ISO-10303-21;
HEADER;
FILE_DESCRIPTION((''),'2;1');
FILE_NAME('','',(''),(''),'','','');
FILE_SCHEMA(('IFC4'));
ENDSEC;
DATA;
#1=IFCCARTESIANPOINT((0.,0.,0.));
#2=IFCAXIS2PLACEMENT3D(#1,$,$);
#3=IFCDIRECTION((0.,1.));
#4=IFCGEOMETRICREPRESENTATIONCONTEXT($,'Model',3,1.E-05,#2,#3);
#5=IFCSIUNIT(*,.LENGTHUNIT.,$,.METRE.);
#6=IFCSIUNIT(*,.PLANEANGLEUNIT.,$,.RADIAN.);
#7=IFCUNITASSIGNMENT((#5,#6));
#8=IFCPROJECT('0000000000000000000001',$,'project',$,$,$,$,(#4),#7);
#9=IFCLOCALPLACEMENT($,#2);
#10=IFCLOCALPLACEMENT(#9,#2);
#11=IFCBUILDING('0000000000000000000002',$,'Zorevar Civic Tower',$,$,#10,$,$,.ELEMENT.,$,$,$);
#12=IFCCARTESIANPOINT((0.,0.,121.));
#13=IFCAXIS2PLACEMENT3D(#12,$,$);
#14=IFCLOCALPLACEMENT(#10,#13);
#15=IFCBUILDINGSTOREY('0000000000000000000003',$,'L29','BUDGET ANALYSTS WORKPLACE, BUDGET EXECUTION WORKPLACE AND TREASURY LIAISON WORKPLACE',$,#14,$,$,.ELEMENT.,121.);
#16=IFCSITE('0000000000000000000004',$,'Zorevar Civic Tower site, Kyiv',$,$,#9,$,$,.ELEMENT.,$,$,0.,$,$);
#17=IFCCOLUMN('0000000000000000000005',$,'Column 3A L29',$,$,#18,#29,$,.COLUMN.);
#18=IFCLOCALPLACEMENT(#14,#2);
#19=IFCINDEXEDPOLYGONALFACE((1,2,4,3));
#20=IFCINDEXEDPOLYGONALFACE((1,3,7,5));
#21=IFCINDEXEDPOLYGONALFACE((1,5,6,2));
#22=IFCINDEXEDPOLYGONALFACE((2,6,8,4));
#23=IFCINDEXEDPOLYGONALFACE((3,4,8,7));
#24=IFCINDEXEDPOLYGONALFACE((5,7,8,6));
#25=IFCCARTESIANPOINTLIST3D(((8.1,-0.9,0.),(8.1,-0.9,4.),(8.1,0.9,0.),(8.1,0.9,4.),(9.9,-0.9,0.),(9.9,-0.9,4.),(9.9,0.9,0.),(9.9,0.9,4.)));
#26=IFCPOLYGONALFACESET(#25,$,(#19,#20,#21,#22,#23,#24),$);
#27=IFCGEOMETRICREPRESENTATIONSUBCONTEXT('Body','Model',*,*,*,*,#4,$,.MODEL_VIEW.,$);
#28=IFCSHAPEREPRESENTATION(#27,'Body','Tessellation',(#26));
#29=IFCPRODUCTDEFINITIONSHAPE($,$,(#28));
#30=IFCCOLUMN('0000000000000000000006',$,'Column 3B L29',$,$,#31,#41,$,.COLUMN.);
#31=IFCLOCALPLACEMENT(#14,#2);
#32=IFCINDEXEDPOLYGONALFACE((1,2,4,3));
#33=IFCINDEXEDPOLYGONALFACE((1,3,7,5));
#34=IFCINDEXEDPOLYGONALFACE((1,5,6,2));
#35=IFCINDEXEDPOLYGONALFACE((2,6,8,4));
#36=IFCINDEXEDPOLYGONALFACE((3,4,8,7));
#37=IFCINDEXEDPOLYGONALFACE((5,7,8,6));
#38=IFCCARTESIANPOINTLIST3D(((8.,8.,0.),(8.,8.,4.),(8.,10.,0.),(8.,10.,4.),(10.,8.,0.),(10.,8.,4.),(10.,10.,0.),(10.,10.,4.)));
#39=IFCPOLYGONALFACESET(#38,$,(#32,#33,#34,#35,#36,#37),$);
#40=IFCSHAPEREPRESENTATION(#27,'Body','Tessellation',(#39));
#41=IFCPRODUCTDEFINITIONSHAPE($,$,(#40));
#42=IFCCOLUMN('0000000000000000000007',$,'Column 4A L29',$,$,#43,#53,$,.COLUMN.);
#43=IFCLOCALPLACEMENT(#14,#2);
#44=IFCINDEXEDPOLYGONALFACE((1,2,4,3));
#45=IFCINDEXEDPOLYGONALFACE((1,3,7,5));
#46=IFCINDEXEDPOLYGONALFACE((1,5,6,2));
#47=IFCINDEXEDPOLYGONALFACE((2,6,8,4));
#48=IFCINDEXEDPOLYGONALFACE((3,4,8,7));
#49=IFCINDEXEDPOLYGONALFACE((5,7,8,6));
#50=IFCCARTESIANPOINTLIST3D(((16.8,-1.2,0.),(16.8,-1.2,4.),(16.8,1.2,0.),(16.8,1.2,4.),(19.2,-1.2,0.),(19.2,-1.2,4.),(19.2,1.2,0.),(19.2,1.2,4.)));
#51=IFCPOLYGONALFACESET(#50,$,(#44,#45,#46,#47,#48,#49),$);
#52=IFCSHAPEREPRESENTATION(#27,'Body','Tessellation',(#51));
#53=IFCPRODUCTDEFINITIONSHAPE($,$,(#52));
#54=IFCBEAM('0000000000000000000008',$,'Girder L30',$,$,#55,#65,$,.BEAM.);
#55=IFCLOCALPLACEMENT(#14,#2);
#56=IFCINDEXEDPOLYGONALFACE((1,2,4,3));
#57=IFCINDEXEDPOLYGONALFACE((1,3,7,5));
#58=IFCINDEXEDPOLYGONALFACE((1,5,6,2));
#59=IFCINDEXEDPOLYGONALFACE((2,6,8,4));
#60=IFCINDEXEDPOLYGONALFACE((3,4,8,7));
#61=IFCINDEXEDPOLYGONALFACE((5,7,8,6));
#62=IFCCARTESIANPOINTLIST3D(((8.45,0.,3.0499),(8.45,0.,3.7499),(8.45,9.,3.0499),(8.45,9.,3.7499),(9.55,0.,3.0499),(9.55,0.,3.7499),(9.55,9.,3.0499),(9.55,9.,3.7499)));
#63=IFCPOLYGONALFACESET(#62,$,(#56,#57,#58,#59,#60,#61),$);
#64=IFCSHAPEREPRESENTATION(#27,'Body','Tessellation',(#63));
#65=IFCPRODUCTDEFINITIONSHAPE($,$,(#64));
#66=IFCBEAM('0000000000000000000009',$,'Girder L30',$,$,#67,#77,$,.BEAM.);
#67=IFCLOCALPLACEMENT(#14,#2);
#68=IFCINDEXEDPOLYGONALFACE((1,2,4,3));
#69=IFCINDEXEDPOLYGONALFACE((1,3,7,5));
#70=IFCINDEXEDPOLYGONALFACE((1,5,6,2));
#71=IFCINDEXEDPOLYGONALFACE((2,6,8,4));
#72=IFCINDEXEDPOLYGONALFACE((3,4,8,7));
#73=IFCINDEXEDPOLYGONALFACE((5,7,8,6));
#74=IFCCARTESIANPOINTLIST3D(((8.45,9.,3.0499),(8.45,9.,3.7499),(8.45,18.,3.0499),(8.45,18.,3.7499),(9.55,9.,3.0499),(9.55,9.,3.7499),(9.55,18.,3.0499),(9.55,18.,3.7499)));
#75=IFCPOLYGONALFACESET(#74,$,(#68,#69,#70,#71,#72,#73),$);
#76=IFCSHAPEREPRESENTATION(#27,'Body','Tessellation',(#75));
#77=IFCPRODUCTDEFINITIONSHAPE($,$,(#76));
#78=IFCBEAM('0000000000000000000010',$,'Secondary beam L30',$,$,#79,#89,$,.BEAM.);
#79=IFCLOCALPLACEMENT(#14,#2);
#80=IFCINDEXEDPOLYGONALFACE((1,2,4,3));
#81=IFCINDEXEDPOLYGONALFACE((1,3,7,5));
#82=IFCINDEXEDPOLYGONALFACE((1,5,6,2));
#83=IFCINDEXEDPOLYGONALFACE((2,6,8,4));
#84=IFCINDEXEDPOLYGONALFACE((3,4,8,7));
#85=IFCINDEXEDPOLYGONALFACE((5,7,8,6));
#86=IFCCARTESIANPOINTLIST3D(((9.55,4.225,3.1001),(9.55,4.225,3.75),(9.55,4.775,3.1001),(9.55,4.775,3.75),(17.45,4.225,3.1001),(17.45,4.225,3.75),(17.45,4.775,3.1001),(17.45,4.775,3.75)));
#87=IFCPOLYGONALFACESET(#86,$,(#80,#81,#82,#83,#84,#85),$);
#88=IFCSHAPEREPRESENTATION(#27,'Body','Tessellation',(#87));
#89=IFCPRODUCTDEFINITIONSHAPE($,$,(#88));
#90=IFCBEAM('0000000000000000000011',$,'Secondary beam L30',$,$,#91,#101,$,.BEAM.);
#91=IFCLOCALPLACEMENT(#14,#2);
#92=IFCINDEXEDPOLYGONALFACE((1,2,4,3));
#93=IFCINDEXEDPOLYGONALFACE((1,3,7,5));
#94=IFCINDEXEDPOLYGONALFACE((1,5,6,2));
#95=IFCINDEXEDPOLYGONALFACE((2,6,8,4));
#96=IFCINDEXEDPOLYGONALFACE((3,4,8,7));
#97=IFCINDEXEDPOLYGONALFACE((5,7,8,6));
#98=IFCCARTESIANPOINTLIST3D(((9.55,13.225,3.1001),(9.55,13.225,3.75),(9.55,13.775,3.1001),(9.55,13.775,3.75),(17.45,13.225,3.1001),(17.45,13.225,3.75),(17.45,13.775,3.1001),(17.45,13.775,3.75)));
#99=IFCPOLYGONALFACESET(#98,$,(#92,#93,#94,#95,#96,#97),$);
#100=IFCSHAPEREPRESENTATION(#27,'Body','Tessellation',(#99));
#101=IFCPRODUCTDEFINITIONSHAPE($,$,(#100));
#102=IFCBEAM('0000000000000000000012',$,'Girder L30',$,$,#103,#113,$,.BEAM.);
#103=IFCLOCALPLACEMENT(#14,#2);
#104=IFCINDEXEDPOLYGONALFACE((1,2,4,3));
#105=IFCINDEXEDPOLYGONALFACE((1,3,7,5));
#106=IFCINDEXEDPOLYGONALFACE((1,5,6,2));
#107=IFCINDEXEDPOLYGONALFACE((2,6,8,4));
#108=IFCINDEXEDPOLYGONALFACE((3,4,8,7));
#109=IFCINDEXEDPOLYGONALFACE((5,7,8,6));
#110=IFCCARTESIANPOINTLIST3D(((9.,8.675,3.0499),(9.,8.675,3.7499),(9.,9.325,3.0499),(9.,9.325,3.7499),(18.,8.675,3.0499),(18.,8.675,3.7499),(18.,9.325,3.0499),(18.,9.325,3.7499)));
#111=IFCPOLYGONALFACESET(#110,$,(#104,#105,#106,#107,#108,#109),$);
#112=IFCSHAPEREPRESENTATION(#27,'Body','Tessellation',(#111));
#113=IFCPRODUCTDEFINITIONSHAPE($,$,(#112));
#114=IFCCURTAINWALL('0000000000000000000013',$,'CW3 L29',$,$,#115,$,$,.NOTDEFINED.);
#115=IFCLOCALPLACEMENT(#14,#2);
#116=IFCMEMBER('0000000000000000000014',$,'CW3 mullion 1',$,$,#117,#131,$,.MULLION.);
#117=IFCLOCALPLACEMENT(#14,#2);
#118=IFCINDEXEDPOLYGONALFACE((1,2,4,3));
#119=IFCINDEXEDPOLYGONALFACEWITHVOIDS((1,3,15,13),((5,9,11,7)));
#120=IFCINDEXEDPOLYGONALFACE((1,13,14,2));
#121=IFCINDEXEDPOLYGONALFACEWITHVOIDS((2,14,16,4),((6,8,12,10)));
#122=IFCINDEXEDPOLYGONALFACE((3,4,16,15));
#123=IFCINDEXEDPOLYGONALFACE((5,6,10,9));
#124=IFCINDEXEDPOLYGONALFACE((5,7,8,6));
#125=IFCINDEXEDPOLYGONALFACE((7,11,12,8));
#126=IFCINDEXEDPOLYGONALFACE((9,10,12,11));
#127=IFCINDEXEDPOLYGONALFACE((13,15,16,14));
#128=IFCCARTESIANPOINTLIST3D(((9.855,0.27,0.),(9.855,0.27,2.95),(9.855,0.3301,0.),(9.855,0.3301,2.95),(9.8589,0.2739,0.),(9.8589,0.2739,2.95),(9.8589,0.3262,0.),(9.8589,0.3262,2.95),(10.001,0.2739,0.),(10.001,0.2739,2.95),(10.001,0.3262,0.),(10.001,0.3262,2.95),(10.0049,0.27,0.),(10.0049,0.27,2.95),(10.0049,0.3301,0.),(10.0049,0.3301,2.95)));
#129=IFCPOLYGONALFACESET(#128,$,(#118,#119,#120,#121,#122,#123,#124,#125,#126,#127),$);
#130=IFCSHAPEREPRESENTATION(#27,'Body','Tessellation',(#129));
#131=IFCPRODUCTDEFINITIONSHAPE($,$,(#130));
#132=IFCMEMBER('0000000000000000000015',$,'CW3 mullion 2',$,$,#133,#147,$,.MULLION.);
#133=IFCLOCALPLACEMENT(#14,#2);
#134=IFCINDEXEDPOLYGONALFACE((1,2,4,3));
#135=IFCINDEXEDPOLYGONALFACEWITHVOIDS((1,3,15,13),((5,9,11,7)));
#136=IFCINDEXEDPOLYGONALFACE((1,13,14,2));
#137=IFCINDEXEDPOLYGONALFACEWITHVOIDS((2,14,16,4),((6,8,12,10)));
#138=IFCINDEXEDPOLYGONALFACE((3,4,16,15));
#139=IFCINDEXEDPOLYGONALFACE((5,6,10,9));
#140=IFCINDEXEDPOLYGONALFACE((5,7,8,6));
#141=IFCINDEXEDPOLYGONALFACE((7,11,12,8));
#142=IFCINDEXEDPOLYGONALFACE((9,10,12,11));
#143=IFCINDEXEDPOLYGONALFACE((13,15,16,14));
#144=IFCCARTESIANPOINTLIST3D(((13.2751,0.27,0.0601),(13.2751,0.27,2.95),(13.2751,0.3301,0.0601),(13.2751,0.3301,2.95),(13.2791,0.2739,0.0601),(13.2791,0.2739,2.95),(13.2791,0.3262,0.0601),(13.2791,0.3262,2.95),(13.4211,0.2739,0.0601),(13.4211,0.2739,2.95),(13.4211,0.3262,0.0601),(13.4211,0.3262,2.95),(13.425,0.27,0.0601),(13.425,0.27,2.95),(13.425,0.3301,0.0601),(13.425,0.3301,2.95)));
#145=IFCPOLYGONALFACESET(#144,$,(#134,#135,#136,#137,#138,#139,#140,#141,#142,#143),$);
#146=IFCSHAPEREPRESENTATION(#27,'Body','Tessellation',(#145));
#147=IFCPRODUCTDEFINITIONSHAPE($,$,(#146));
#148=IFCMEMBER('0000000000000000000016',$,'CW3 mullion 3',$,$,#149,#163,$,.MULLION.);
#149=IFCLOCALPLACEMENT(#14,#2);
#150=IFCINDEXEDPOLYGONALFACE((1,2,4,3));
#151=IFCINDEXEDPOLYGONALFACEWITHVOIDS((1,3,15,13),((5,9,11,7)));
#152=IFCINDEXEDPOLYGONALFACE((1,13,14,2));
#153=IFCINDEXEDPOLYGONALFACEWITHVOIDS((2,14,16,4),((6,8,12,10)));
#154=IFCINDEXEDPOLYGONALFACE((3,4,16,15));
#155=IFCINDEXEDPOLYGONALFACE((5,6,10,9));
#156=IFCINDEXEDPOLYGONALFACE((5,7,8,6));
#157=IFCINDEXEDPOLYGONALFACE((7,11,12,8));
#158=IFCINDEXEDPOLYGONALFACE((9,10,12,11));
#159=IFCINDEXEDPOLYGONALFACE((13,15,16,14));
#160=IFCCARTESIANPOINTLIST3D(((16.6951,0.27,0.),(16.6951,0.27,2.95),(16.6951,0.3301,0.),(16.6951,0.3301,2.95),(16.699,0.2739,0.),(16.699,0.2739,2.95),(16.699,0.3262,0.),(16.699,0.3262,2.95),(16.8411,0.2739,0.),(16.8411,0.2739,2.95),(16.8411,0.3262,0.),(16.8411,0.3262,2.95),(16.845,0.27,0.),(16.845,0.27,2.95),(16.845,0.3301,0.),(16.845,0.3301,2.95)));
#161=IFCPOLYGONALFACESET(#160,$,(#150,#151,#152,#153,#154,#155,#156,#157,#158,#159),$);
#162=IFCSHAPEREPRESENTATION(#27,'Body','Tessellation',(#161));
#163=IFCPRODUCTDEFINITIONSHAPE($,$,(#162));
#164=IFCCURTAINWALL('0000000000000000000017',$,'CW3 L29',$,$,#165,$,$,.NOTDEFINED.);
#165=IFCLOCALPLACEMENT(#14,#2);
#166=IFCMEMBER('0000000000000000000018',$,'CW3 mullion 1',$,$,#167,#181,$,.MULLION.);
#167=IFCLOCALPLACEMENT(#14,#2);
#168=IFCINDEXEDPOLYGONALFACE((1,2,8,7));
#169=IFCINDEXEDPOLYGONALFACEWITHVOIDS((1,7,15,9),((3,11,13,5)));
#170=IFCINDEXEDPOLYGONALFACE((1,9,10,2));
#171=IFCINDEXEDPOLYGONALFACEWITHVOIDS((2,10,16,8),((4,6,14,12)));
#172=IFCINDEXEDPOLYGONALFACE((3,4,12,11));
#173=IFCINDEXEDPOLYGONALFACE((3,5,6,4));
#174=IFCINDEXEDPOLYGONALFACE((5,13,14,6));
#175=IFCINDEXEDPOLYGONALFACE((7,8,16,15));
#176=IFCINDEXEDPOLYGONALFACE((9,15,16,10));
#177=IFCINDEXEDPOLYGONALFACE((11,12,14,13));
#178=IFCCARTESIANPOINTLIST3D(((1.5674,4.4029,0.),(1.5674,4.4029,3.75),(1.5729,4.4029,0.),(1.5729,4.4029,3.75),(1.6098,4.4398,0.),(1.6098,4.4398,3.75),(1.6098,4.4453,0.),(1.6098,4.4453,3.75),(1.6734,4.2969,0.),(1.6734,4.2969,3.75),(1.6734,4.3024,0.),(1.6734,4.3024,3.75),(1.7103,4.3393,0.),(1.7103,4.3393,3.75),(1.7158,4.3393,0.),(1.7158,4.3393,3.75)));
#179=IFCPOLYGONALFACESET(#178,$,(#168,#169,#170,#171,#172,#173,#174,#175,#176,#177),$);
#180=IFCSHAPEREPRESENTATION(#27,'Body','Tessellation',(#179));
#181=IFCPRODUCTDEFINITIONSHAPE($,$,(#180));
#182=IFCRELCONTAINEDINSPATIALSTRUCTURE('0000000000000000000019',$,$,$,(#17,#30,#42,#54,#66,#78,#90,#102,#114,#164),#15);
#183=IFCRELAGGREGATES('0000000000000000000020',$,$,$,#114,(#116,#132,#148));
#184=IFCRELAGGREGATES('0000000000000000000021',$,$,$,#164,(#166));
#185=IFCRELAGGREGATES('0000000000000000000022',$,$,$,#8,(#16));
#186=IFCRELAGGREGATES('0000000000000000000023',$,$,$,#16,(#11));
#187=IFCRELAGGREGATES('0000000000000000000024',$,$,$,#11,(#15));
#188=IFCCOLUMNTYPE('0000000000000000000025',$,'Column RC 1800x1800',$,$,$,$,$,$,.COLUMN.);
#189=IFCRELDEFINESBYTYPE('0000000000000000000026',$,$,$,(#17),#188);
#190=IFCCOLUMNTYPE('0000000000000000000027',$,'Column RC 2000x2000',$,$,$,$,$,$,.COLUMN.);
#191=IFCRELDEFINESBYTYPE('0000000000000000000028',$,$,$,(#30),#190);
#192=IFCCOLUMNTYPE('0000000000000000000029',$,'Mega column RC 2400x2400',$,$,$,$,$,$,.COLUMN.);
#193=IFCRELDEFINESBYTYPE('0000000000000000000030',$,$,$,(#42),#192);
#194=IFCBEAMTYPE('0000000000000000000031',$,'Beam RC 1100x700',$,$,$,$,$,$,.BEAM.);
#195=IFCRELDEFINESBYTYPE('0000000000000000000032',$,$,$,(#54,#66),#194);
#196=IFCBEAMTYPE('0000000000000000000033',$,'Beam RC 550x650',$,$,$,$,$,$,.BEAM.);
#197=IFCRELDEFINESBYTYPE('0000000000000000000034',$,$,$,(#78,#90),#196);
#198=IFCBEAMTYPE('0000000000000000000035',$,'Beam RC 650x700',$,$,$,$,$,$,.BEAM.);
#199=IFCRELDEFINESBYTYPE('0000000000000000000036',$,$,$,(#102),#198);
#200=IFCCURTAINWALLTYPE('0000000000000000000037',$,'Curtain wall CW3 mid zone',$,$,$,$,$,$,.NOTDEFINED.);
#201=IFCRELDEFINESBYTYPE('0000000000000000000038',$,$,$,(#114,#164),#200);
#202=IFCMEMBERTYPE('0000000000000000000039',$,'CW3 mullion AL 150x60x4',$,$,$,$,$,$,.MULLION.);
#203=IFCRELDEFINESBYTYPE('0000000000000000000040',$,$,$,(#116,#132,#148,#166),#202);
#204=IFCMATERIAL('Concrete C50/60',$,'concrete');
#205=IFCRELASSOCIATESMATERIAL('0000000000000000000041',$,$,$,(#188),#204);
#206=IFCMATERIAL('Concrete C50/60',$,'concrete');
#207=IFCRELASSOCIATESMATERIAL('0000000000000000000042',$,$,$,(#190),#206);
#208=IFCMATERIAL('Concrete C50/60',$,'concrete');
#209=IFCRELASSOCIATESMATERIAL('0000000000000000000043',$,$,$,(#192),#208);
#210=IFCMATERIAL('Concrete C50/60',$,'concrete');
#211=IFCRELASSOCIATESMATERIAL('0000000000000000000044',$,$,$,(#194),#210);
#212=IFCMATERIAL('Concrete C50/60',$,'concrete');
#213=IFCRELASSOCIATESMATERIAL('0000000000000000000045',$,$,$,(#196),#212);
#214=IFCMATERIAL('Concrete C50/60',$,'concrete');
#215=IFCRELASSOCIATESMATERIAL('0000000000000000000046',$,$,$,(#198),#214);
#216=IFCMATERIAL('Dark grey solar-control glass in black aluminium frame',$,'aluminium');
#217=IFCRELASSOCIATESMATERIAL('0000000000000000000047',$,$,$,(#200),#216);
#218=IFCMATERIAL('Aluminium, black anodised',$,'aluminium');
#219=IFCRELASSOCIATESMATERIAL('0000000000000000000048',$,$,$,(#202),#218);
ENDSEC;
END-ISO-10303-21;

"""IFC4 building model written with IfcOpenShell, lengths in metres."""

from ifc_helpers import new_model, si_unit, direction, frame, origin, origin_2d, place, context, subcontext, project, spatial, rectangle, hollow_rectangle, extrude, material, material_profile, profile_set, type_object, element, aggregate, save


model = new_model("IFC4")

# Units and contexts
model_context = context("Model", 3, precision=1e-05, world=origin(), true_north=direction((0.0, 1.0)))
body_context = subcontext(model_context, "Body", "Model", "MODEL_VIEW")
ifc_project = project(units=[si_unit("LENGTHUNIT", "METRE"), si_unit("PLANEANGLEUNIT", "RADIAN")], contexts=[model_context])

# Site, building, storey
site_placement = place(None, origin())
site = spatial("IfcSite", under=ifc_project, at=site_placement, Name="Zorevar Civic Tower site, Kyiv", CompositionType="ELEMENT", RefElevation=0.0)
building_placement = place(site_placement, origin())
building = spatial("IfcBuilding", under=site, at=building_placement, Name="Zorevar Civic Tower", CompositionType="ELEMENT")
storey_placement = place(building_placement, frame((0.0, 0.0, 121.0)))
storey = spatial("IfcBuildingStorey", under=building, at=storey_placement, Name="L29", Description="BUDGET ANALYSTS WORKPLACE, BUDGET EXECUTION WORKPLACE AND TREASURY LIAISON WORKPLACE", CompositionType="ELEMENT", Elevation=121.0)

# Columns
ifc_material_1 = material(Name="Concrete C50/60", Category="concrete")
ifc_material_profile_1 = material_profile(ifc_material_1, rectangle(XDim=1.8, YDim=1.8, at=origin_2d()), Name="RC 1800x1800")
ifc_profile_set_1 = profile_set([ifc_material_profile_1], Name="Concrete C50/60")
column_type_1 = type_object("IfcColumnType", Name="Column RC 1800x1800", PredefinedType="COLUMN", material=ifc_profile_set_1)
column_1_placement = place(storey_placement, frame((9.0, 0.0, 0.0), z_axis=(0.0, 0.0, 1.0), x_axis=(1.0, 0.0, 0.0)))
element("IfcColumn", 1, at=column_1_placement, inside=storey, type_object=column_type_1, Name="Column 3A L29", PredefinedType="COLUMN", context=body_context, shape_type="SweptSolid", body=[
    extrude(rectangle(XDim=1.8, YDim=1.8, at=origin_2d()), origin(), (0.0, 0.0, 1.0), 4.0),
])
ifc_material_2 = material(Name="Concrete C50/60", Category="concrete")
ifc_material_profile_2 = material_profile(ifc_material_2, rectangle(XDim=2.0, YDim=2.0, at=origin_2d()), Name="RC 2000x2000")
ifc_profile_set_2 = profile_set([ifc_material_profile_2], Name="Concrete C50/60")
column_type_2 = type_object("IfcColumnType", Name="Column RC 2000x2000", PredefinedType="COLUMN", material=ifc_profile_set_2)
column_2_placement = place(storey_placement, frame((9.0, 9.0, 0.0), z_axis=(0.0, 0.0, 1.0), x_axis=(1.0, 0.0, 0.0)))
element("IfcColumn", 2, at=column_2_placement, inside=storey, type_object=column_type_2, Name="Column 3B L29", PredefinedType="COLUMN", context=body_context, shape_type="SweptSolid", body=[
    extrude(rectangle(XDim=2.0, YDim=2.0, at=origin_2d()), origin(), (0.0, 0.0, 1.0), 4.0),
])
ifc_material_3 = material(Name="Concrete C50/60", Category="concrete")
ifc_material_profile_3 = material_profile(ifc_material_3, rectangle(XDim=2.3999, YDim=2.3999, at=origin_2d()), Name="RC 2400x2400")
ifc_profile_set_3 = profile_set([ifc_material_profile_3], Name="Concrete C50/60")
column_type_3 = type_object("IfcColumnType", Name="Mega column RC 2400x2400", PredefinedType="COLUMN", material=ifc_profile_set_3)
column_3_placement = place(storey_placement, frame((18.0, 0.0, 0.0), z_axis=(0.0, 0.0, 1.0), x_axis=(1.0, 0.0, 0.0)))
element("IfcColumn", 3, at=column_3_placement, inside=storey, type_object=column_type_3, Name="Column 4A L29", PredefinedType="COLUMN", context=body_context, shape_type="SweptSolid", body=[
    extrude(rectangle(XDim=2.3999, YDim=2.3999, at=origin_2d()), origin(), (0.0, 0.0, 1.0), 4.0),
])

# Beams
ifc_material_4 = material(Name="Concrete C50/60", Category="concrete")
ifc_material_profile_4 = material_profile(ifc_material_4, rectangle(XDim=1.1001, YDim=0.7, at=origin_2d()), Name="RC 1100x700")
ifc_profile_set_4 = profile_set([ifc_material_profile_4], Name="Concrete C50/60")
beam_type_1 = type_object("IfcBeamType", Name="Beam RC 1100x700", PredefinedType="BEAM", material=ifc_profile_set_4)
for number, where, z_axis, x_axis, name in (
    (4, (9.0, 0.0, 3.3999), (0.0, 1.0, 0.0), (-1.0, 0.0, 0.0), "Girder L30"),
    (5, (9.0, 9.0, 3.3999), (0.0, 1.0, 0.0), (-1.0, 0.0, 0.0), "Girder L30"),
):
    element("IfcBeam", number, at=place(storey_placement, frame(where, z_axis=z_axis, x_axis=x_axis)), inside=storey, type_object=beam_type_1, Name=name, PredefinedType="BEAM", context=body_context, shape_type="SweptSolid", body=[
        extrude(rectangle(XDim=1.1001, YDim=0.7, at=origin_2d()), origin(), (0.0, 0.0, 1.0), 9.0),
    ])
ifc_material_5 = material(Name="Concrete C50/60", Category="concrete")
ifc_material_profile_5 = material_profile(ifc_material_5, rectangle(XDim=0.55, YDim=0.6499, at=origin_2d()), Name="RC 550x650")
ifc_profile_set_5 = profile_set([ifc_material_profile_5], Name="Concrete C50/60")
beam_type_2 = type_object("IfcBeamType", Name="Beam RC 550x650", PredefinedType="BEAM", material=ifc_profile_set_5)
for number, where, z_axis, x_axis, name in (
    (6, (9.55, 4.5, 3.425), (1.0, 0.0, 0.0), (0.0, 1.0, 0.0), "Secondary beam L30"),
    (7, (9.55, 13.5, 3.425), (1.0, 0.0, 0.0), (0.0, 1.0, 0.0), "Secondary beam L30"),
):
    element("IfcBeam", number, at=place(storey_placement, frame(where, z_axis=z_axis, x_axis=x_axis)), inside=storey, type_object=beam_type_2, Name=name, PredefinedType="BEAM", context=body_context, shape_type="SweptSolid", body=[
        extrude(rectangle(XDim=0.55, YDim=0.6499, at=origin_2d()), origin(), (0.0, 0.0, 1.0), 7.8999),
    ])
ifc_material_6 = material(Name="Concrete C50/60", Category="concrete")
ifc_material_profile_6 = material_profile(ifc_material_6, rectangle(XDim=0.6499, YDim=0.7, at=origin_2d()), Name="RC 650x700")
ifc_profile_set_6 = profile_set([ifc_material_profile_6], Name="Concrete C50/60")
beam_type_3 = type_object("IfcBeamType", Name="Beam RC 650x700", PredefinedType="BEAM", material=ifc_profile_set_6)
beam_1_placement = place(storey_placement, frame((9.0, 9.0, 3.3999), z_axis=(1.0, 0.0, 0.0), x_axis=(0.0, 1.0, 0.0)))
element("IfcBeam", 8, at=beam_1_placement, inside=storey, type_object=beam_type_3, Name="Girder L30", PredefinedType="BEAM", context=body_context, shape_type="SweptSolid", body=[
    extrude(rectangle(XDim=0.6499, YDim=0.7, at=origin_2d()), origin(), (0.0, 0.0, 1.0), 9.0),
])

# Curtain walls, members
ifc_material_7 = material(Name="Dark grey solar-control glass in black aluminium frame", Category="aluminium")
curtain_wall_type = type_object("IfcCurtainWallType", Name="Curtain wall CW3 mid zone", PredefinedType="NOTDEFINED", material=ifc_material_7)
curtain_wall_1_placement = place(storey_placement, origin())
curtain_wall_1 = element("IfcCurtainWall", 9, at=curtain_wall_1_placement, inside=storey, type_object=curtain_wall_type, Name="CW3 L29", PredefinedType="NOTDEFINED")
ifc_material_8 = material(Name="Aluminium, black anodised", Category="aluminium")
ifc_material_profile_7 = material_profile(ifc_material_8, hollow_rectangle(XDim=0.0601, YDim=0.1499, WallThickness=0.0039, at=origin_2d()), Name="AL 150x60x4")
ifc_profile_set_7 = profile_set([ifc_material_profile_7], Name="Aluminium, black anodised")
member_type_1 = type_object("IfcMemberType", Name="CW3 mullion AL 150x60x4", PredefinedType="MULLION", material=ifc_profile_set_7)
member_1_placement = place(storey_placement, frame((9.9299, 0.3, 0.0), z_axis=(0.0, 0.0, 1.0), x_axis=(0.0, 1.0, 0.0)))
member_1 = element("IfcMember", 10, at=member_1_placement, type_object=member_type_1, Name="CW3 mullion 1", PredefinedType="MULLION", context=body_context, shape_type="SweptSolid", body=[
    extrude(hollow_rectangle(XDim=0.0601, YDim=0.1499, WallThickness=0.0039, at=origin_2d()), origin(), (0.0, 0.0, 1.0), 2.95),
])
member_2_placement = place(storey_placement, frame((13.3501, 0.3, 0.0601), z_axis=(0.0, 0.0, 1.0), x_axis=(0.0, 1.0, 0.0)))
member_2 = element("IfcMember", 11, at=member_2_placement, type_object=member_type_1, Name="CW3 mullion 2", PredefinedType="MULLION", context=body_context, shape_type="SweptSolid", body=[
    extrude(hollow_rectangle(XDim=0.0601, YDim=0.1499, WallThickness=0.0039, at=origin_2d()), origin(), (0.0, 0.0, 1.0), 2.8899),
])
member_3_placement = place(storey_placement, frame((16.77, 0.3, 0.0), z_axis=(0.0, 0.0, 1.0), x_axis=(0.0, 1.0, 0.0)))
member_3 = element("IfcMember", 12, at=member_3_placement, type_object=member_type_1, Name="CW3 mullion 3", PredefinedType="MULLION", context=body_context, shape_type="SweptSolid", body=[
    extrude(hollow_rectangle(XDim=0.0601, YDim=0.1499, WallThickness=0.0039, at=origin_2d()), origin(), (0.0, 0.0, 1.0), 2.95),
])
curtain_wall_2_placement = place(storey_placement, origin())
curtain_wall_2 = element("IfcCurtainWall", 13, at=curtain_wall_2_placement, inside=storey, type_object=curtain_wall_type, Name="CW3 L29", PredefinedType="NOTDEFINED")
member_4_placement = place(storey_placement, frame((1.6416, 4.3711, 0.0), z_axis=(0.0, 0.0, 1.0), x_axis=(0.707107, 0.707107, 0.0)))
member_4 = element("IfcMember", 14, at=member_4_placement, type_object=member_type_1, Name="CW3 mullion 1", PredefinedType="MULLION", context=body_context, shape_type="SweptSolid", body=[
    extrude(hollow_rectangle(XDim=0.0601, YDim=0.1499, WallThickness=0.0039, at=origin_2d()), origin(), (0.0, 0.0, 1.0), 3.75),
])

aggregate(curtain_wall_1, [member_1, member_2, member_3])
aggregate(curtain_wall_2, [member_4])

save(model, "model.ifc")
